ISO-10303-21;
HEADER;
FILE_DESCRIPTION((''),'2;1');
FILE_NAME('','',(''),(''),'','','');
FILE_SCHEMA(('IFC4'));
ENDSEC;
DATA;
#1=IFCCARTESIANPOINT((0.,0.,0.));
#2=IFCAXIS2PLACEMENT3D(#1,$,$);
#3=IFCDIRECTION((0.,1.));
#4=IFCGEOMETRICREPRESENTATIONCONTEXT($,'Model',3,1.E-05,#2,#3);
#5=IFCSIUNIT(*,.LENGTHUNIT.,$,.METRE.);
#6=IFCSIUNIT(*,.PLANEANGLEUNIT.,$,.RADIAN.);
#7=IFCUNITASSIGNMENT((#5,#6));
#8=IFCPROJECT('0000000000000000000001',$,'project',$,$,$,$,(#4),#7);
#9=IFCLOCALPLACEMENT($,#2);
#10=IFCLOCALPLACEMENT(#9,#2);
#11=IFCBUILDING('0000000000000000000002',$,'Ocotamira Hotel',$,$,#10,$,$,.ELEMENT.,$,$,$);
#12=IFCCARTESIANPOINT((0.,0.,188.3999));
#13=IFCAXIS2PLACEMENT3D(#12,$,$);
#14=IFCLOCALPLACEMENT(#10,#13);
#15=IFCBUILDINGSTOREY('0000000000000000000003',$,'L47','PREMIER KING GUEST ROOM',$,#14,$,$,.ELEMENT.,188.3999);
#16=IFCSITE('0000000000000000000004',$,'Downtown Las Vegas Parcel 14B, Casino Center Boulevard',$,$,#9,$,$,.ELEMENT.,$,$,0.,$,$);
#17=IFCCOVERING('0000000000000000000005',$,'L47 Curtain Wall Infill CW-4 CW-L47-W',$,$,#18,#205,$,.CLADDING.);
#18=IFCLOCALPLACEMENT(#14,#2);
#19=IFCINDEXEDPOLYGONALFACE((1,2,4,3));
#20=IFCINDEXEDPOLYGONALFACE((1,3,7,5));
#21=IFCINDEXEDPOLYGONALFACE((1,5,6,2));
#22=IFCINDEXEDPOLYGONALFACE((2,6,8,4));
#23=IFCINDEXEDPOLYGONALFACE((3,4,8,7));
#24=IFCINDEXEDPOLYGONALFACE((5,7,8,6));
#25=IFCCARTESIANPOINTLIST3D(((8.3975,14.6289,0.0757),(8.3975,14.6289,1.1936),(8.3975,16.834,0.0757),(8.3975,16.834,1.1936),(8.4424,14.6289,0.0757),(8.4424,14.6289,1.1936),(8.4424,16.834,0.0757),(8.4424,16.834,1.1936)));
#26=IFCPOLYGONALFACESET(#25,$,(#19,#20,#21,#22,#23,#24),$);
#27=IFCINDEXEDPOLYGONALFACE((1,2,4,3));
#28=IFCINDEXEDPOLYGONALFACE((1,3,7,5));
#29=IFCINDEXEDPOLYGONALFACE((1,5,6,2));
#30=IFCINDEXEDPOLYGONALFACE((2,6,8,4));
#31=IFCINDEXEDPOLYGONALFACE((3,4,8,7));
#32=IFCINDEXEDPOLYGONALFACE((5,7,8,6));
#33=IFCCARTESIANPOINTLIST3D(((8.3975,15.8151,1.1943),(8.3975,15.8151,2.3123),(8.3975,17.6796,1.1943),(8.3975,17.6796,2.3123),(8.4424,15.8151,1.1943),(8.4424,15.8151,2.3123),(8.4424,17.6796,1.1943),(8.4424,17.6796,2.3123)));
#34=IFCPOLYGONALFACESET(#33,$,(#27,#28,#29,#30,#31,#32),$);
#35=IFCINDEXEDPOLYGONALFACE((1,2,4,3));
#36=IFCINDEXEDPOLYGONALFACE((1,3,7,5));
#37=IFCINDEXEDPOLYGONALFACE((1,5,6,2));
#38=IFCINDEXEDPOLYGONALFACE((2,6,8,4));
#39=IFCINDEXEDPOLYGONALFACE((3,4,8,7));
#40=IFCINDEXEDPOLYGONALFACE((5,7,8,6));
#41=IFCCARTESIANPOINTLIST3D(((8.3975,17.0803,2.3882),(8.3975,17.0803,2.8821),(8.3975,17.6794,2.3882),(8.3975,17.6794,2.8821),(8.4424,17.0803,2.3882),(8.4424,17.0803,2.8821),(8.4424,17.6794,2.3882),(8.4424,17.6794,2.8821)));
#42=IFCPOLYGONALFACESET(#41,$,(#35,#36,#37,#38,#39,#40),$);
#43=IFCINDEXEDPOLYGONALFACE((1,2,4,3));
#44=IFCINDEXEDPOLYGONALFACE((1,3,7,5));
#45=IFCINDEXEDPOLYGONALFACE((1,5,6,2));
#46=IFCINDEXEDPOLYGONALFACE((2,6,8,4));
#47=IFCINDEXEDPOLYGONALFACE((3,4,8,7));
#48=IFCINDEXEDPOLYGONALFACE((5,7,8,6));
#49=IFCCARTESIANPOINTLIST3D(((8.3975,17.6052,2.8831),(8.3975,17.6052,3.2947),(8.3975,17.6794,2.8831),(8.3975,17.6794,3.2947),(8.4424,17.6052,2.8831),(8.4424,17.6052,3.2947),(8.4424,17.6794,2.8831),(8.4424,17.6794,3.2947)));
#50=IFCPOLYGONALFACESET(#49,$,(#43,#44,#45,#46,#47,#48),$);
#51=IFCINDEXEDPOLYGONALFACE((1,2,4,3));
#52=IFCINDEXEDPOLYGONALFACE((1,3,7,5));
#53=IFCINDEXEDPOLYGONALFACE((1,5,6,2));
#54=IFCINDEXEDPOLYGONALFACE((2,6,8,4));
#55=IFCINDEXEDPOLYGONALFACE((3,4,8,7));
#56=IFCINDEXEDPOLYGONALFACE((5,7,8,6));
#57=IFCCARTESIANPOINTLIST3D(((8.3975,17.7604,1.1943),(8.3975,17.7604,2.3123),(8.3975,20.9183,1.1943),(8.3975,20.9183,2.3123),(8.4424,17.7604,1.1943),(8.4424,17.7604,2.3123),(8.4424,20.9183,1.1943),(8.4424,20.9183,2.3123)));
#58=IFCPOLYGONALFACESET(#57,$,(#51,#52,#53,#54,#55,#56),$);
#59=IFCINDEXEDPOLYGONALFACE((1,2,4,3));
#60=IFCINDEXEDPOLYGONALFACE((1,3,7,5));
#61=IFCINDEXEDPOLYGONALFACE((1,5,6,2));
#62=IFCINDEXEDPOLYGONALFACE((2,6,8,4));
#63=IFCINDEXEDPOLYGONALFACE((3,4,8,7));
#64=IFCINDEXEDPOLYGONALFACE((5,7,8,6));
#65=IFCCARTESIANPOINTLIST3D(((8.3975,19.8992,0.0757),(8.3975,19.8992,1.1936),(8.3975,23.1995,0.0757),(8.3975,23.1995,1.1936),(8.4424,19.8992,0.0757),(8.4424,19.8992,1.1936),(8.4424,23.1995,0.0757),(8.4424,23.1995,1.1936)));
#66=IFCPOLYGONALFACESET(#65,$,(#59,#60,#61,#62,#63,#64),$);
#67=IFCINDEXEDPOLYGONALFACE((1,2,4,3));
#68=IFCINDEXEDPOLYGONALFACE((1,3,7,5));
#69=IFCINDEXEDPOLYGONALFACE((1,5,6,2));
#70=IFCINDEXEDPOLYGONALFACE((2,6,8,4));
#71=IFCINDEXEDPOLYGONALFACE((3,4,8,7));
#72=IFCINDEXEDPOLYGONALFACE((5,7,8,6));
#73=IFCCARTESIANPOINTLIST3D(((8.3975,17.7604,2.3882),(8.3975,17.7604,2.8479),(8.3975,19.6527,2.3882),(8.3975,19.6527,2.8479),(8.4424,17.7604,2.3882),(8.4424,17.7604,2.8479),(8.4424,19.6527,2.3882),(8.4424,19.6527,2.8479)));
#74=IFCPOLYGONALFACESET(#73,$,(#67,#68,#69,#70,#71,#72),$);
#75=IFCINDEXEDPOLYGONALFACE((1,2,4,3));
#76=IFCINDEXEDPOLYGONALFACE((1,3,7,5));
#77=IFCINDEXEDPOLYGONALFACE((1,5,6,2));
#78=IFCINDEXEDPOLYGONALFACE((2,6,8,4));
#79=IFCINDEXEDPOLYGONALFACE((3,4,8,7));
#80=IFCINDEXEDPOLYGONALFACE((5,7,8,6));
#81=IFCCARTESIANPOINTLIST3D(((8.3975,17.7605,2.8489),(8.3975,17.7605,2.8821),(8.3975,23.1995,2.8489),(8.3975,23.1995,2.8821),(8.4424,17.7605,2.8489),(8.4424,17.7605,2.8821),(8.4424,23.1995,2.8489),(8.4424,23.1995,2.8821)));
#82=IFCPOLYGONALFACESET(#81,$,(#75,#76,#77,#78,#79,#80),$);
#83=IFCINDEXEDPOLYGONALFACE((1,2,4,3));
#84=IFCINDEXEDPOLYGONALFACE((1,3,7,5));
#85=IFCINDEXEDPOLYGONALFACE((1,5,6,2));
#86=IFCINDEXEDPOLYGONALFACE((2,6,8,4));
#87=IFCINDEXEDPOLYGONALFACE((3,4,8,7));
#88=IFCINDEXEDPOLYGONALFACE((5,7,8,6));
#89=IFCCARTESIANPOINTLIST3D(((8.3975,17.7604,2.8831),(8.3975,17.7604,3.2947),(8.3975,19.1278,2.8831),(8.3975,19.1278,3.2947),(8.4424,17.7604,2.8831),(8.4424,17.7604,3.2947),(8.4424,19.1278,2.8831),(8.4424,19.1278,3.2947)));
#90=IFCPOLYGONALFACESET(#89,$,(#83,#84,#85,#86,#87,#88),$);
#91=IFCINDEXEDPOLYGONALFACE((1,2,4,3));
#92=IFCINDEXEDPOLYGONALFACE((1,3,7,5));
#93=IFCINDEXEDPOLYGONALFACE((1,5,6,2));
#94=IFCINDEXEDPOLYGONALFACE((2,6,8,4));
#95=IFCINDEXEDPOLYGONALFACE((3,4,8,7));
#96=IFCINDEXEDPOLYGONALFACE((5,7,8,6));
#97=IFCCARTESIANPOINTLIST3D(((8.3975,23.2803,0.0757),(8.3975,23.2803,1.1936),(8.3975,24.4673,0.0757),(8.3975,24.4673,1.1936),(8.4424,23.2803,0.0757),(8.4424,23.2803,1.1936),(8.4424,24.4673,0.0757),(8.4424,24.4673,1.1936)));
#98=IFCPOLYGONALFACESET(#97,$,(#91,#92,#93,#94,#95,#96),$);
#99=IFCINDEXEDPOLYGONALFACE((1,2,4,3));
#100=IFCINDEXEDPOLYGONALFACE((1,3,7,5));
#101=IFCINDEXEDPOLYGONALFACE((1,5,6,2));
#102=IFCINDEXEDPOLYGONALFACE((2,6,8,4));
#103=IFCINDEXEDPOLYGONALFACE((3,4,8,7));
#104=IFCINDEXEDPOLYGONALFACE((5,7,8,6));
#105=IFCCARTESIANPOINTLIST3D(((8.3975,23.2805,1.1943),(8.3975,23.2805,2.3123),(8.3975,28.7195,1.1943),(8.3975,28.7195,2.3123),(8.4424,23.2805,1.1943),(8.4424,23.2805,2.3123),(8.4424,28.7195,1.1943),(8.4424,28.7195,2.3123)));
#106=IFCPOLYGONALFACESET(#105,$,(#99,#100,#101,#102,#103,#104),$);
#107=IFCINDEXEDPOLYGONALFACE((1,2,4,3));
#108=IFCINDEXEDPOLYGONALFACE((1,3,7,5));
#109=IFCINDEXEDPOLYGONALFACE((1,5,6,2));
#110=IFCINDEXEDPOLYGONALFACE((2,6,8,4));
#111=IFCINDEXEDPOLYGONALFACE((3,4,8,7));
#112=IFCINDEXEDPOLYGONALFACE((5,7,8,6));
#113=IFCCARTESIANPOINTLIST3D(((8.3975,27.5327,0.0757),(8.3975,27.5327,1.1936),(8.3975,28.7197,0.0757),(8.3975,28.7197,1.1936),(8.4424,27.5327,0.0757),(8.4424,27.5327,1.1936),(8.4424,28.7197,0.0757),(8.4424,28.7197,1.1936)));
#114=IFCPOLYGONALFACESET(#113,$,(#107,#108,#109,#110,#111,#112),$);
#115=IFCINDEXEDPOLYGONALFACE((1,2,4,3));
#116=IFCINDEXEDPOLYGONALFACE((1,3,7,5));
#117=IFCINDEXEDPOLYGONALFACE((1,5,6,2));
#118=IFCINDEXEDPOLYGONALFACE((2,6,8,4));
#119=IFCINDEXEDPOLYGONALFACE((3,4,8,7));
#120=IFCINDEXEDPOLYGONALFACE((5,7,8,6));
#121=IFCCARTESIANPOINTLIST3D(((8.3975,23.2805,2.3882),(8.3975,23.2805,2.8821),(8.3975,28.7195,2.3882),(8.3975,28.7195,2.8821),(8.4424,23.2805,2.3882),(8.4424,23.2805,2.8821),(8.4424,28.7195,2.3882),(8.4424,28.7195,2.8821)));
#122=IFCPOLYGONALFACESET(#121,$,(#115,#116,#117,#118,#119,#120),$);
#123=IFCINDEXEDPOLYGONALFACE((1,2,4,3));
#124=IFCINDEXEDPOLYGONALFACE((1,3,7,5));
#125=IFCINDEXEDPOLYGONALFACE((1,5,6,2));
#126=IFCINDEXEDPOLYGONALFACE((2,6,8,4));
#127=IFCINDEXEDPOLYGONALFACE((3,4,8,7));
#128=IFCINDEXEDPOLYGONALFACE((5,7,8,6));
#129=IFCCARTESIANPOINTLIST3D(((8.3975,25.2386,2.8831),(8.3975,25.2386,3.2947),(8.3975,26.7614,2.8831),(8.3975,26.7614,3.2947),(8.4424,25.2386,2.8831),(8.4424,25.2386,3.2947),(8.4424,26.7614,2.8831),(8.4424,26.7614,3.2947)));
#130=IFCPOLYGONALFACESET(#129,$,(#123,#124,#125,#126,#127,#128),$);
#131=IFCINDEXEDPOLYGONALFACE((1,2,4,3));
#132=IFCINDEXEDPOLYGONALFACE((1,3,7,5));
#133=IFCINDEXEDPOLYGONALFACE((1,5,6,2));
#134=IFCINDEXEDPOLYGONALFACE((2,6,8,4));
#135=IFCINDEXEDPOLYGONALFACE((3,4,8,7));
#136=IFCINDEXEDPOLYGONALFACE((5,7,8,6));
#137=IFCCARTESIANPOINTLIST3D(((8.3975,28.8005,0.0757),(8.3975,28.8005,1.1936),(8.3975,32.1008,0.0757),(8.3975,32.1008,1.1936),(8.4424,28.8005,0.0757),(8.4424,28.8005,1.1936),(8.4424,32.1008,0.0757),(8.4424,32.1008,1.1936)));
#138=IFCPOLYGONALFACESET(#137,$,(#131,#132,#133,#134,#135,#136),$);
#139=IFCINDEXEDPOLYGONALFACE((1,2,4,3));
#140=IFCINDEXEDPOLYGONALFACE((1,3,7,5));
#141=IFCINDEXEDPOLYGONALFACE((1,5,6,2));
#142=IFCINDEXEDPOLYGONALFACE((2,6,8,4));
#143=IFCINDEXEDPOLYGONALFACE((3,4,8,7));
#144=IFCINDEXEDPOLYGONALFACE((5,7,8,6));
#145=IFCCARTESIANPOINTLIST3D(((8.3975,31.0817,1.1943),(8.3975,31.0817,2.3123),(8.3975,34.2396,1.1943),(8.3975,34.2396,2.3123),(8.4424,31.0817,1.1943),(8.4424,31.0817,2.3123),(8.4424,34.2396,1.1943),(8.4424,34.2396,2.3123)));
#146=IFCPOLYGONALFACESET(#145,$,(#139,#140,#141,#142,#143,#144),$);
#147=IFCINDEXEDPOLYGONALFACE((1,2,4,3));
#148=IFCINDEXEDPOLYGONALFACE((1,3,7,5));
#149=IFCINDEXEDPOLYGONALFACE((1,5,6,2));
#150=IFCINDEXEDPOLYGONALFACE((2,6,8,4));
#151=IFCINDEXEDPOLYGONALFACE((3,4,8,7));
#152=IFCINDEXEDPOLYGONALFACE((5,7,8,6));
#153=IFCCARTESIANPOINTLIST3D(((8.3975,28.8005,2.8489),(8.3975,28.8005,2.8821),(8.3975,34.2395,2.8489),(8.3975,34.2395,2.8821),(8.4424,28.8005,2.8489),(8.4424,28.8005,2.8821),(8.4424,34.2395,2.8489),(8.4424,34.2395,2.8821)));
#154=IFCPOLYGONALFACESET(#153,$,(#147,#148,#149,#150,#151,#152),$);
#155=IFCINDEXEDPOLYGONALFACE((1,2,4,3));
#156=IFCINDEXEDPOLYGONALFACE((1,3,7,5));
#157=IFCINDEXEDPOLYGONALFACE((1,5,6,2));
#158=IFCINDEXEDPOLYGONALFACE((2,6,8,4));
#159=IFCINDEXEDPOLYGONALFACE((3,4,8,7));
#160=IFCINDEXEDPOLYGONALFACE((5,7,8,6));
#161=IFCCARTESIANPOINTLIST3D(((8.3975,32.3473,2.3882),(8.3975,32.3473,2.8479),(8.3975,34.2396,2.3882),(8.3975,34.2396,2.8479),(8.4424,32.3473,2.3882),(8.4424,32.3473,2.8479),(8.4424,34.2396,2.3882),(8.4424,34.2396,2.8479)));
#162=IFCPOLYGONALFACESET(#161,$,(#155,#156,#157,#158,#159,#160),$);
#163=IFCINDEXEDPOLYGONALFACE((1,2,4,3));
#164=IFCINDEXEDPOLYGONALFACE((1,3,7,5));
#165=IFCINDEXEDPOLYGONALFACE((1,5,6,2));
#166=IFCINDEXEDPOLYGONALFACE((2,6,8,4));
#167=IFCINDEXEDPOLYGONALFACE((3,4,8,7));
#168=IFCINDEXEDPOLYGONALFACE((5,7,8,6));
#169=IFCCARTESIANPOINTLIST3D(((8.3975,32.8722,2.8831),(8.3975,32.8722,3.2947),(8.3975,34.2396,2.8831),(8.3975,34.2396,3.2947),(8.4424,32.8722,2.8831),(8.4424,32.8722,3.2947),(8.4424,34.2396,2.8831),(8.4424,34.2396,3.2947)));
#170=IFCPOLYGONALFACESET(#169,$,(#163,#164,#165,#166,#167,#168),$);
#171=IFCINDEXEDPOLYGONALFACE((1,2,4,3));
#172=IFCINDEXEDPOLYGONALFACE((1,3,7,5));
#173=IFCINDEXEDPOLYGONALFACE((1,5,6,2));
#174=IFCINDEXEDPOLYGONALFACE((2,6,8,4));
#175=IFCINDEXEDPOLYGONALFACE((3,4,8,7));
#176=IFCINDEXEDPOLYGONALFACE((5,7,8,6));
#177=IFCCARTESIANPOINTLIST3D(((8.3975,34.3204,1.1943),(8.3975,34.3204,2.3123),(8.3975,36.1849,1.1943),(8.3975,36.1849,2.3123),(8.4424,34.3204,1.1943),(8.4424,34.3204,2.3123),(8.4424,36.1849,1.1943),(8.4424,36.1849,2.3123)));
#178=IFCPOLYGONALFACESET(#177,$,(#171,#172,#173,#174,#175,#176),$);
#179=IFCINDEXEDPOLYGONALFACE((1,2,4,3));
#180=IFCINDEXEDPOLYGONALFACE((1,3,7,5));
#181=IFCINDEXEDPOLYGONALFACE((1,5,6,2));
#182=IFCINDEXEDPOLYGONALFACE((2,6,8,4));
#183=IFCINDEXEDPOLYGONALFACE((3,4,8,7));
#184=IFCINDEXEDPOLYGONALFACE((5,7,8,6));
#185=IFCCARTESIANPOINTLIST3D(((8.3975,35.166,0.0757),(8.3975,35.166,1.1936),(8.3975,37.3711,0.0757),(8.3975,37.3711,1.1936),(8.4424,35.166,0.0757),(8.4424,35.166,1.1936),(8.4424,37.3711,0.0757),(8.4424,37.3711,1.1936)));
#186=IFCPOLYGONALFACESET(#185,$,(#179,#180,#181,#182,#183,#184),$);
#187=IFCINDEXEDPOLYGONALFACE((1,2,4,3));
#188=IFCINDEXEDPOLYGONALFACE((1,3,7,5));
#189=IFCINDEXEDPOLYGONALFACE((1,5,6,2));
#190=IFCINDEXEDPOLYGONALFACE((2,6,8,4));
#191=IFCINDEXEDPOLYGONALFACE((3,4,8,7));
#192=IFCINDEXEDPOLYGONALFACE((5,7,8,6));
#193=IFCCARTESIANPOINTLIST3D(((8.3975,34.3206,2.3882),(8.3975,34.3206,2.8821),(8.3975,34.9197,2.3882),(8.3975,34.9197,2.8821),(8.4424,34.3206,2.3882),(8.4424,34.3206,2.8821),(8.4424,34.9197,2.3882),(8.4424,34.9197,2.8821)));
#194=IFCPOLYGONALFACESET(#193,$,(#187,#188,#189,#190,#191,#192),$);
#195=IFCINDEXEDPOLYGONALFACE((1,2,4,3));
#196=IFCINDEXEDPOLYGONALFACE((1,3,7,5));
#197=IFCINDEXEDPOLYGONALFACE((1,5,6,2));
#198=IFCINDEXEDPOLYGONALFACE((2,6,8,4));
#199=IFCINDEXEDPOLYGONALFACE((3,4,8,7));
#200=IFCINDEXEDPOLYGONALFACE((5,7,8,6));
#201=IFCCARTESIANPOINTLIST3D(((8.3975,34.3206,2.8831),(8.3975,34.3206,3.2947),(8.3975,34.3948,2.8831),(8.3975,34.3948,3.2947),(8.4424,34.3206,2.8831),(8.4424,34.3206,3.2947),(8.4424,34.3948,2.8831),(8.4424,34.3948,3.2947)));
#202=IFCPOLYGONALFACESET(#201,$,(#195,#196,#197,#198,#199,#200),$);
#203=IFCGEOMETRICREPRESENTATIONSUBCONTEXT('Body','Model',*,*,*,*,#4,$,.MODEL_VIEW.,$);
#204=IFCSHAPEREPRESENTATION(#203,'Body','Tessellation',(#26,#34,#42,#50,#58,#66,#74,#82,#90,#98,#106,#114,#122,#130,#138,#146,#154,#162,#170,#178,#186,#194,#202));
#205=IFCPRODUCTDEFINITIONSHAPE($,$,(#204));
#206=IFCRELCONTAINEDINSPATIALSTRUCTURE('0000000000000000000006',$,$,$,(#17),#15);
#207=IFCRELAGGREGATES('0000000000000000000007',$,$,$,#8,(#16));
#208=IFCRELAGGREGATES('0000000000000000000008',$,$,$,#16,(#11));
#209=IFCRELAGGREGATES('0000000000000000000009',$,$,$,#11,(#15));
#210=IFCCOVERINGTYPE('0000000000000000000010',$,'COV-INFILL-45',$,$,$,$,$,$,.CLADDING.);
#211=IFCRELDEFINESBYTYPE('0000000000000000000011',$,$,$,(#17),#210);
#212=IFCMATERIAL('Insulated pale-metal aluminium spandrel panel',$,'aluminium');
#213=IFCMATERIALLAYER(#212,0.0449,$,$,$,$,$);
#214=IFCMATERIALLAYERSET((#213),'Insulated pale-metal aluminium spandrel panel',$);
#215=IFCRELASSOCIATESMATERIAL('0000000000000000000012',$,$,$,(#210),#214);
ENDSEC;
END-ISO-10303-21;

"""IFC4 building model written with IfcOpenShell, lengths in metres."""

from ifc_helpers import new_model, si_unit, direction, frame, origin, origin_2d, place, context, subcontext, project, spatial, rectangle, extrude, material, layer, layer_set, type_object, element, save


model = new_model("IFC4")

# Units and contexts
model_context = context("Model", 3, precision=1e-05, world=origin(), true_north=direction((0.0, 1.0)))
body_context = subcontext(model_context, "Body", "Model", "MODEL_VIEW")
ifc_project = project(units=[si_unit("LENGTHUNIT", "METRE"), si_unit("PLANEANGLEUNIT", "RADIAN")], contexts=[model_context])

# Site, building, storey
site_placement = place(None, origin())
site = spatial("IfcSite", under=ifc_project, at=site_placement, Name="Downtown Las Vegas Parcel 14B, Casino Center Boulevard", CompositionType="ELEMENT", RefElevation=0.0)
building_placement = place(site_placement, origin())
building = spatial("IfcBuilding", under=site, at=building_placement, Name="Ocotamira Hotel", CompositionType="ELEMENT")
storey_placement = place(building_placement, frame((0.0, 0.0, 188.3999)))
storey = spatial("IfcBuildingStorey", under=building, at=storey_placement, Name="L47", Description="PREMIER KING GUEST ROOM", CompositionType="ELEMENT", Elevation=188.3999)

# Covering
ifc_material_1 = material(Name="Insulated pale-metal aluminium spandrel panel", Category="aluminium")
ifc_layer_1 = layer(ifc_material_1, 0.0449)
ifc_layer_set_1 = layer_set([ifc_layer_1], Name="Insulated pale-metal aluminium spandrel panel")
covering_type_1 = type_object("IfcCoveringType", Name="COV-INFILL-45", PredefinedType="CLADDING", material=ifc_layer_set_1)
covering_1_placement = place(storey_placement, origin())
element("IfcCovering", 1, at=covering_1_placement, inside=storey, type_object=covering_type_1, Name="L47 Curtain Wall Infill CW-4 CW-L47-W", PredefinedType="CLADDING", context=body_context, shape_type="SweptSolid", body=[
    extrude(rectangle(XDim=2.2051, YDim=0.0449, at=origin_2d()), frame((8.4199, 15.7314, 0.0757), z_axis=(0.0, 0.0, 1.0), x_axis=(0.0, 1.0, 0.0)), (0.0, 0.0, 1.0), 1.1179),
    extrude(rectangle(XDim=1.8645, YDim=0.0449, at=origin_2d()), frame((8.4199, 16.7473, 1.1943), z_axis=(0.0, 0.0, 1.0), x_axis=(0.0, 1.0, 0.0)), (0.0, 0.0, 1.0), 1.1179),
    extrude(rectangle(XDim=0.5991, YDim=0.0449, at=origin_2d()), frame((8.4199, 17.3799, 2.3882), z_axis=(0.0, 0.0, 1.0), x_axis=(0.0, 1.0, 0.0)), (0.0, 0.0, 1.0), 0.4939),
    extrude(rectangle(XDim=0.0742, YDim=0.0449, at=origin_2d()), frame((8.4199, 17.6423, 2.8831), z_axis=(0.0, 0.0, 1.0), x_axis=(0.0, 1.0, 0.0)), (0.0, 0.0, 1.0), 0.4116),
    extrude(rectangle(XDim=3.158, YDim=0.0449, at=origin_2d()), frame((8.4199, 19.3394, 1.1943), z_axis=(0.0, 0.0, 1.0), x_axis=(0.0, 1.0, 0.0)), (0.0, 0.0, 1.0), 1.1179),
    extrude(rectangle(XDim=3.3003, YDim=0.0449, at=origin_2d()), frame((8.4199, 21.5493, 0.0757), z_axis=(0.0, 0.0, 1.0), x_axis=(0.0, 1.0, 0.0)), (0.0, 0.0, 1.0), 1.1179),
    extrude(rectangle(XDim=1.8923, YDim=0.0449, at=origin_2d()), frame((8.4199, 18.7065, 2.3882), z_axis=(0.0, 0.0, 1.0), x_axis=(0.0, 1.0, 0.0)), (0.0, 0.0, 1.0), 0.4597),
    extrude(rectangle(XDim=5.439, YDim=0.0449, at=origin_2d()), frame((8.4199, 20.48, 2.8489), z_axis=(0.0, 0.0, 1.0), x_axis=(0.0, 1.0, 0.0)), (0.0, 0.0, 1.0), 0.0332),
    extrude(rectangle(XDim=1.3674, YDim=0.0449, at=origin_2d()), frame((8.4199, 18.4441, 2.8831), z_axis=(0.0, 0.0, 1.0), x_axis=(0.0, 1.0, 0.0)), (0.0, 0.0, 1.0), 0.4116),
    extrude(rectangle(XDim=1.187, YDim=0.0449, at=origin_2d()), frame((8.4199, 23.8738, 0.0757), z_axis=(0.0, 0.0, 1.0), x_axis=(0.0, 1.0, 0.0)), (0.0, 0.0, 1.0), 1.1179),
    extrude(rectangle(XDim=5.439, YDim=0.0449, at=origin_2d()), frame((8.4199, 26.0, 1.1943), z_axis=(0.0, 0.0, 1.0), x_axis=(0.0, 1.0, 0.0)), (0.0, 0.0, 1.0), 1.1179),
    extrude(rectangle(XDim=1.187, YDim=0.0449, at=origin_2d()), frame((8.4199, 28.1262, 0.0757), z_axis=(0.0, 0.0, 1.0), x_axis=(0.0, 1.0, 0.0)), (0.0, 0.0, 1.0), 1.1179),
    extrude(rectangle(XDim=5.439, YDim=0.0449, at=origin_2d()), frame((8.4199, 26.0, 2.3882), z_axis=(0.0, 0.0, 1.0), x_axis=(0.0, 1.0, 0.0)), (0.0, 0.0, 1.0), 0.4939),
    extrude(rectangle(XDim=1.5227, YDim=0.0449, at=origin_2d()), frame((8.4199, 26.0, 2.8831), z_axis=(0.0, 0.0, 1.0), x_axis=(0.0, 1.0, 0.0)), (0.0, 0.0, 1.0), 0.4116),
    extrude(rectangle(XDim=3.3003, YDim=0.0449, at=origin_2d()), frame((8.4199, 30.4507, 0.0757), z_axis=(0.0, 0.0, 1.0), x_axis=(0.0, 1.0, 0.0)), (0.0, 0.0, 1.0), 1.1179),
    extrude(rectangle(XDim=3.158, YDim=0.0449, at=origin_2d()), frame((8.4199, 32.6606, 1.1943), z_axis=(0.0, 0.0, 1.0), x_axis=(0.0, 1.0, 0.0)), (0.0, 0.0, 1.0), 1.1179),
    extrude(rectangle(XDim=5.439, YDim=0.0449, at=origin_2d()), frame((8.4199, 31.52, 2.8489), z_axis=(0.0, 0.0, 1.0), x_axis=(0.0, 1.0, 0.0)), (0.0, 0.0, 1.0), 0.0332),
    extrude(rectangle(XDim=1.8923, YDim=0.0449, at=origin_2d()), frame((8.4199, 33.2935, 2.3882), z_axis=(0.0, 0.0, 1.0), x_axis=(0.0, 1.0, 0.0)), (0.0, 0.0, 1.0), 0.4597),
    extrude(rectangle(XDim=1.3674, YDim=0.0449, at=origin_2d()), frame((8.4199, 33.5559, 2.8831), z_axis=(0.0, 0.0, 1.0), x_axis=(0.0, 1.0, 0.0)), (0.0, 0.0, 1.0), 0.4116),
    extrude(rectangle(XDim=1.8645, YDim=0.0449, at=origin_2d()), frame((8.4199, 35.2527, 1.1943), z_axis=(0.0, 0.0, 1.0), x_axis=(0.0, 1.0, 0.0)), (0.0, 0.0, 1.0), 1.1179),
    extrude(rectangle(XDim=2.2051, YDim=0.0449, at=origin_2d()), frame((8.4199, 36.2686, 0.0757), z_axis=(0.0, 0.0, 1.0), x_axis=(0.0, 1.0, 0.0)), (0.0, 0.0, 1.0), 1.1179),
    extrude(rectangle(XDim=0.5991, YDim=0.0449, at=origin_2d()), frame((8.4199, 34.6201, 2.3882), z_axis=(0.0, 0.0, 1.0), x_axis=(0.0, 1.0, 0.0)), (0.0, 0.0, 1.0), 0.4939),
    extrude(rectangle(XDim=0.0742, YDim=0.0449, at=origin_2d()), frame((8.4199, 34.3577, 2.8831), z_axis=(0.0, 0.0, 1.0), x_axis=(0.0, 1.0, 0.0)), (0.0, 0.0, 1.0), 0.4116),
])

save(model, "model.ifc")
